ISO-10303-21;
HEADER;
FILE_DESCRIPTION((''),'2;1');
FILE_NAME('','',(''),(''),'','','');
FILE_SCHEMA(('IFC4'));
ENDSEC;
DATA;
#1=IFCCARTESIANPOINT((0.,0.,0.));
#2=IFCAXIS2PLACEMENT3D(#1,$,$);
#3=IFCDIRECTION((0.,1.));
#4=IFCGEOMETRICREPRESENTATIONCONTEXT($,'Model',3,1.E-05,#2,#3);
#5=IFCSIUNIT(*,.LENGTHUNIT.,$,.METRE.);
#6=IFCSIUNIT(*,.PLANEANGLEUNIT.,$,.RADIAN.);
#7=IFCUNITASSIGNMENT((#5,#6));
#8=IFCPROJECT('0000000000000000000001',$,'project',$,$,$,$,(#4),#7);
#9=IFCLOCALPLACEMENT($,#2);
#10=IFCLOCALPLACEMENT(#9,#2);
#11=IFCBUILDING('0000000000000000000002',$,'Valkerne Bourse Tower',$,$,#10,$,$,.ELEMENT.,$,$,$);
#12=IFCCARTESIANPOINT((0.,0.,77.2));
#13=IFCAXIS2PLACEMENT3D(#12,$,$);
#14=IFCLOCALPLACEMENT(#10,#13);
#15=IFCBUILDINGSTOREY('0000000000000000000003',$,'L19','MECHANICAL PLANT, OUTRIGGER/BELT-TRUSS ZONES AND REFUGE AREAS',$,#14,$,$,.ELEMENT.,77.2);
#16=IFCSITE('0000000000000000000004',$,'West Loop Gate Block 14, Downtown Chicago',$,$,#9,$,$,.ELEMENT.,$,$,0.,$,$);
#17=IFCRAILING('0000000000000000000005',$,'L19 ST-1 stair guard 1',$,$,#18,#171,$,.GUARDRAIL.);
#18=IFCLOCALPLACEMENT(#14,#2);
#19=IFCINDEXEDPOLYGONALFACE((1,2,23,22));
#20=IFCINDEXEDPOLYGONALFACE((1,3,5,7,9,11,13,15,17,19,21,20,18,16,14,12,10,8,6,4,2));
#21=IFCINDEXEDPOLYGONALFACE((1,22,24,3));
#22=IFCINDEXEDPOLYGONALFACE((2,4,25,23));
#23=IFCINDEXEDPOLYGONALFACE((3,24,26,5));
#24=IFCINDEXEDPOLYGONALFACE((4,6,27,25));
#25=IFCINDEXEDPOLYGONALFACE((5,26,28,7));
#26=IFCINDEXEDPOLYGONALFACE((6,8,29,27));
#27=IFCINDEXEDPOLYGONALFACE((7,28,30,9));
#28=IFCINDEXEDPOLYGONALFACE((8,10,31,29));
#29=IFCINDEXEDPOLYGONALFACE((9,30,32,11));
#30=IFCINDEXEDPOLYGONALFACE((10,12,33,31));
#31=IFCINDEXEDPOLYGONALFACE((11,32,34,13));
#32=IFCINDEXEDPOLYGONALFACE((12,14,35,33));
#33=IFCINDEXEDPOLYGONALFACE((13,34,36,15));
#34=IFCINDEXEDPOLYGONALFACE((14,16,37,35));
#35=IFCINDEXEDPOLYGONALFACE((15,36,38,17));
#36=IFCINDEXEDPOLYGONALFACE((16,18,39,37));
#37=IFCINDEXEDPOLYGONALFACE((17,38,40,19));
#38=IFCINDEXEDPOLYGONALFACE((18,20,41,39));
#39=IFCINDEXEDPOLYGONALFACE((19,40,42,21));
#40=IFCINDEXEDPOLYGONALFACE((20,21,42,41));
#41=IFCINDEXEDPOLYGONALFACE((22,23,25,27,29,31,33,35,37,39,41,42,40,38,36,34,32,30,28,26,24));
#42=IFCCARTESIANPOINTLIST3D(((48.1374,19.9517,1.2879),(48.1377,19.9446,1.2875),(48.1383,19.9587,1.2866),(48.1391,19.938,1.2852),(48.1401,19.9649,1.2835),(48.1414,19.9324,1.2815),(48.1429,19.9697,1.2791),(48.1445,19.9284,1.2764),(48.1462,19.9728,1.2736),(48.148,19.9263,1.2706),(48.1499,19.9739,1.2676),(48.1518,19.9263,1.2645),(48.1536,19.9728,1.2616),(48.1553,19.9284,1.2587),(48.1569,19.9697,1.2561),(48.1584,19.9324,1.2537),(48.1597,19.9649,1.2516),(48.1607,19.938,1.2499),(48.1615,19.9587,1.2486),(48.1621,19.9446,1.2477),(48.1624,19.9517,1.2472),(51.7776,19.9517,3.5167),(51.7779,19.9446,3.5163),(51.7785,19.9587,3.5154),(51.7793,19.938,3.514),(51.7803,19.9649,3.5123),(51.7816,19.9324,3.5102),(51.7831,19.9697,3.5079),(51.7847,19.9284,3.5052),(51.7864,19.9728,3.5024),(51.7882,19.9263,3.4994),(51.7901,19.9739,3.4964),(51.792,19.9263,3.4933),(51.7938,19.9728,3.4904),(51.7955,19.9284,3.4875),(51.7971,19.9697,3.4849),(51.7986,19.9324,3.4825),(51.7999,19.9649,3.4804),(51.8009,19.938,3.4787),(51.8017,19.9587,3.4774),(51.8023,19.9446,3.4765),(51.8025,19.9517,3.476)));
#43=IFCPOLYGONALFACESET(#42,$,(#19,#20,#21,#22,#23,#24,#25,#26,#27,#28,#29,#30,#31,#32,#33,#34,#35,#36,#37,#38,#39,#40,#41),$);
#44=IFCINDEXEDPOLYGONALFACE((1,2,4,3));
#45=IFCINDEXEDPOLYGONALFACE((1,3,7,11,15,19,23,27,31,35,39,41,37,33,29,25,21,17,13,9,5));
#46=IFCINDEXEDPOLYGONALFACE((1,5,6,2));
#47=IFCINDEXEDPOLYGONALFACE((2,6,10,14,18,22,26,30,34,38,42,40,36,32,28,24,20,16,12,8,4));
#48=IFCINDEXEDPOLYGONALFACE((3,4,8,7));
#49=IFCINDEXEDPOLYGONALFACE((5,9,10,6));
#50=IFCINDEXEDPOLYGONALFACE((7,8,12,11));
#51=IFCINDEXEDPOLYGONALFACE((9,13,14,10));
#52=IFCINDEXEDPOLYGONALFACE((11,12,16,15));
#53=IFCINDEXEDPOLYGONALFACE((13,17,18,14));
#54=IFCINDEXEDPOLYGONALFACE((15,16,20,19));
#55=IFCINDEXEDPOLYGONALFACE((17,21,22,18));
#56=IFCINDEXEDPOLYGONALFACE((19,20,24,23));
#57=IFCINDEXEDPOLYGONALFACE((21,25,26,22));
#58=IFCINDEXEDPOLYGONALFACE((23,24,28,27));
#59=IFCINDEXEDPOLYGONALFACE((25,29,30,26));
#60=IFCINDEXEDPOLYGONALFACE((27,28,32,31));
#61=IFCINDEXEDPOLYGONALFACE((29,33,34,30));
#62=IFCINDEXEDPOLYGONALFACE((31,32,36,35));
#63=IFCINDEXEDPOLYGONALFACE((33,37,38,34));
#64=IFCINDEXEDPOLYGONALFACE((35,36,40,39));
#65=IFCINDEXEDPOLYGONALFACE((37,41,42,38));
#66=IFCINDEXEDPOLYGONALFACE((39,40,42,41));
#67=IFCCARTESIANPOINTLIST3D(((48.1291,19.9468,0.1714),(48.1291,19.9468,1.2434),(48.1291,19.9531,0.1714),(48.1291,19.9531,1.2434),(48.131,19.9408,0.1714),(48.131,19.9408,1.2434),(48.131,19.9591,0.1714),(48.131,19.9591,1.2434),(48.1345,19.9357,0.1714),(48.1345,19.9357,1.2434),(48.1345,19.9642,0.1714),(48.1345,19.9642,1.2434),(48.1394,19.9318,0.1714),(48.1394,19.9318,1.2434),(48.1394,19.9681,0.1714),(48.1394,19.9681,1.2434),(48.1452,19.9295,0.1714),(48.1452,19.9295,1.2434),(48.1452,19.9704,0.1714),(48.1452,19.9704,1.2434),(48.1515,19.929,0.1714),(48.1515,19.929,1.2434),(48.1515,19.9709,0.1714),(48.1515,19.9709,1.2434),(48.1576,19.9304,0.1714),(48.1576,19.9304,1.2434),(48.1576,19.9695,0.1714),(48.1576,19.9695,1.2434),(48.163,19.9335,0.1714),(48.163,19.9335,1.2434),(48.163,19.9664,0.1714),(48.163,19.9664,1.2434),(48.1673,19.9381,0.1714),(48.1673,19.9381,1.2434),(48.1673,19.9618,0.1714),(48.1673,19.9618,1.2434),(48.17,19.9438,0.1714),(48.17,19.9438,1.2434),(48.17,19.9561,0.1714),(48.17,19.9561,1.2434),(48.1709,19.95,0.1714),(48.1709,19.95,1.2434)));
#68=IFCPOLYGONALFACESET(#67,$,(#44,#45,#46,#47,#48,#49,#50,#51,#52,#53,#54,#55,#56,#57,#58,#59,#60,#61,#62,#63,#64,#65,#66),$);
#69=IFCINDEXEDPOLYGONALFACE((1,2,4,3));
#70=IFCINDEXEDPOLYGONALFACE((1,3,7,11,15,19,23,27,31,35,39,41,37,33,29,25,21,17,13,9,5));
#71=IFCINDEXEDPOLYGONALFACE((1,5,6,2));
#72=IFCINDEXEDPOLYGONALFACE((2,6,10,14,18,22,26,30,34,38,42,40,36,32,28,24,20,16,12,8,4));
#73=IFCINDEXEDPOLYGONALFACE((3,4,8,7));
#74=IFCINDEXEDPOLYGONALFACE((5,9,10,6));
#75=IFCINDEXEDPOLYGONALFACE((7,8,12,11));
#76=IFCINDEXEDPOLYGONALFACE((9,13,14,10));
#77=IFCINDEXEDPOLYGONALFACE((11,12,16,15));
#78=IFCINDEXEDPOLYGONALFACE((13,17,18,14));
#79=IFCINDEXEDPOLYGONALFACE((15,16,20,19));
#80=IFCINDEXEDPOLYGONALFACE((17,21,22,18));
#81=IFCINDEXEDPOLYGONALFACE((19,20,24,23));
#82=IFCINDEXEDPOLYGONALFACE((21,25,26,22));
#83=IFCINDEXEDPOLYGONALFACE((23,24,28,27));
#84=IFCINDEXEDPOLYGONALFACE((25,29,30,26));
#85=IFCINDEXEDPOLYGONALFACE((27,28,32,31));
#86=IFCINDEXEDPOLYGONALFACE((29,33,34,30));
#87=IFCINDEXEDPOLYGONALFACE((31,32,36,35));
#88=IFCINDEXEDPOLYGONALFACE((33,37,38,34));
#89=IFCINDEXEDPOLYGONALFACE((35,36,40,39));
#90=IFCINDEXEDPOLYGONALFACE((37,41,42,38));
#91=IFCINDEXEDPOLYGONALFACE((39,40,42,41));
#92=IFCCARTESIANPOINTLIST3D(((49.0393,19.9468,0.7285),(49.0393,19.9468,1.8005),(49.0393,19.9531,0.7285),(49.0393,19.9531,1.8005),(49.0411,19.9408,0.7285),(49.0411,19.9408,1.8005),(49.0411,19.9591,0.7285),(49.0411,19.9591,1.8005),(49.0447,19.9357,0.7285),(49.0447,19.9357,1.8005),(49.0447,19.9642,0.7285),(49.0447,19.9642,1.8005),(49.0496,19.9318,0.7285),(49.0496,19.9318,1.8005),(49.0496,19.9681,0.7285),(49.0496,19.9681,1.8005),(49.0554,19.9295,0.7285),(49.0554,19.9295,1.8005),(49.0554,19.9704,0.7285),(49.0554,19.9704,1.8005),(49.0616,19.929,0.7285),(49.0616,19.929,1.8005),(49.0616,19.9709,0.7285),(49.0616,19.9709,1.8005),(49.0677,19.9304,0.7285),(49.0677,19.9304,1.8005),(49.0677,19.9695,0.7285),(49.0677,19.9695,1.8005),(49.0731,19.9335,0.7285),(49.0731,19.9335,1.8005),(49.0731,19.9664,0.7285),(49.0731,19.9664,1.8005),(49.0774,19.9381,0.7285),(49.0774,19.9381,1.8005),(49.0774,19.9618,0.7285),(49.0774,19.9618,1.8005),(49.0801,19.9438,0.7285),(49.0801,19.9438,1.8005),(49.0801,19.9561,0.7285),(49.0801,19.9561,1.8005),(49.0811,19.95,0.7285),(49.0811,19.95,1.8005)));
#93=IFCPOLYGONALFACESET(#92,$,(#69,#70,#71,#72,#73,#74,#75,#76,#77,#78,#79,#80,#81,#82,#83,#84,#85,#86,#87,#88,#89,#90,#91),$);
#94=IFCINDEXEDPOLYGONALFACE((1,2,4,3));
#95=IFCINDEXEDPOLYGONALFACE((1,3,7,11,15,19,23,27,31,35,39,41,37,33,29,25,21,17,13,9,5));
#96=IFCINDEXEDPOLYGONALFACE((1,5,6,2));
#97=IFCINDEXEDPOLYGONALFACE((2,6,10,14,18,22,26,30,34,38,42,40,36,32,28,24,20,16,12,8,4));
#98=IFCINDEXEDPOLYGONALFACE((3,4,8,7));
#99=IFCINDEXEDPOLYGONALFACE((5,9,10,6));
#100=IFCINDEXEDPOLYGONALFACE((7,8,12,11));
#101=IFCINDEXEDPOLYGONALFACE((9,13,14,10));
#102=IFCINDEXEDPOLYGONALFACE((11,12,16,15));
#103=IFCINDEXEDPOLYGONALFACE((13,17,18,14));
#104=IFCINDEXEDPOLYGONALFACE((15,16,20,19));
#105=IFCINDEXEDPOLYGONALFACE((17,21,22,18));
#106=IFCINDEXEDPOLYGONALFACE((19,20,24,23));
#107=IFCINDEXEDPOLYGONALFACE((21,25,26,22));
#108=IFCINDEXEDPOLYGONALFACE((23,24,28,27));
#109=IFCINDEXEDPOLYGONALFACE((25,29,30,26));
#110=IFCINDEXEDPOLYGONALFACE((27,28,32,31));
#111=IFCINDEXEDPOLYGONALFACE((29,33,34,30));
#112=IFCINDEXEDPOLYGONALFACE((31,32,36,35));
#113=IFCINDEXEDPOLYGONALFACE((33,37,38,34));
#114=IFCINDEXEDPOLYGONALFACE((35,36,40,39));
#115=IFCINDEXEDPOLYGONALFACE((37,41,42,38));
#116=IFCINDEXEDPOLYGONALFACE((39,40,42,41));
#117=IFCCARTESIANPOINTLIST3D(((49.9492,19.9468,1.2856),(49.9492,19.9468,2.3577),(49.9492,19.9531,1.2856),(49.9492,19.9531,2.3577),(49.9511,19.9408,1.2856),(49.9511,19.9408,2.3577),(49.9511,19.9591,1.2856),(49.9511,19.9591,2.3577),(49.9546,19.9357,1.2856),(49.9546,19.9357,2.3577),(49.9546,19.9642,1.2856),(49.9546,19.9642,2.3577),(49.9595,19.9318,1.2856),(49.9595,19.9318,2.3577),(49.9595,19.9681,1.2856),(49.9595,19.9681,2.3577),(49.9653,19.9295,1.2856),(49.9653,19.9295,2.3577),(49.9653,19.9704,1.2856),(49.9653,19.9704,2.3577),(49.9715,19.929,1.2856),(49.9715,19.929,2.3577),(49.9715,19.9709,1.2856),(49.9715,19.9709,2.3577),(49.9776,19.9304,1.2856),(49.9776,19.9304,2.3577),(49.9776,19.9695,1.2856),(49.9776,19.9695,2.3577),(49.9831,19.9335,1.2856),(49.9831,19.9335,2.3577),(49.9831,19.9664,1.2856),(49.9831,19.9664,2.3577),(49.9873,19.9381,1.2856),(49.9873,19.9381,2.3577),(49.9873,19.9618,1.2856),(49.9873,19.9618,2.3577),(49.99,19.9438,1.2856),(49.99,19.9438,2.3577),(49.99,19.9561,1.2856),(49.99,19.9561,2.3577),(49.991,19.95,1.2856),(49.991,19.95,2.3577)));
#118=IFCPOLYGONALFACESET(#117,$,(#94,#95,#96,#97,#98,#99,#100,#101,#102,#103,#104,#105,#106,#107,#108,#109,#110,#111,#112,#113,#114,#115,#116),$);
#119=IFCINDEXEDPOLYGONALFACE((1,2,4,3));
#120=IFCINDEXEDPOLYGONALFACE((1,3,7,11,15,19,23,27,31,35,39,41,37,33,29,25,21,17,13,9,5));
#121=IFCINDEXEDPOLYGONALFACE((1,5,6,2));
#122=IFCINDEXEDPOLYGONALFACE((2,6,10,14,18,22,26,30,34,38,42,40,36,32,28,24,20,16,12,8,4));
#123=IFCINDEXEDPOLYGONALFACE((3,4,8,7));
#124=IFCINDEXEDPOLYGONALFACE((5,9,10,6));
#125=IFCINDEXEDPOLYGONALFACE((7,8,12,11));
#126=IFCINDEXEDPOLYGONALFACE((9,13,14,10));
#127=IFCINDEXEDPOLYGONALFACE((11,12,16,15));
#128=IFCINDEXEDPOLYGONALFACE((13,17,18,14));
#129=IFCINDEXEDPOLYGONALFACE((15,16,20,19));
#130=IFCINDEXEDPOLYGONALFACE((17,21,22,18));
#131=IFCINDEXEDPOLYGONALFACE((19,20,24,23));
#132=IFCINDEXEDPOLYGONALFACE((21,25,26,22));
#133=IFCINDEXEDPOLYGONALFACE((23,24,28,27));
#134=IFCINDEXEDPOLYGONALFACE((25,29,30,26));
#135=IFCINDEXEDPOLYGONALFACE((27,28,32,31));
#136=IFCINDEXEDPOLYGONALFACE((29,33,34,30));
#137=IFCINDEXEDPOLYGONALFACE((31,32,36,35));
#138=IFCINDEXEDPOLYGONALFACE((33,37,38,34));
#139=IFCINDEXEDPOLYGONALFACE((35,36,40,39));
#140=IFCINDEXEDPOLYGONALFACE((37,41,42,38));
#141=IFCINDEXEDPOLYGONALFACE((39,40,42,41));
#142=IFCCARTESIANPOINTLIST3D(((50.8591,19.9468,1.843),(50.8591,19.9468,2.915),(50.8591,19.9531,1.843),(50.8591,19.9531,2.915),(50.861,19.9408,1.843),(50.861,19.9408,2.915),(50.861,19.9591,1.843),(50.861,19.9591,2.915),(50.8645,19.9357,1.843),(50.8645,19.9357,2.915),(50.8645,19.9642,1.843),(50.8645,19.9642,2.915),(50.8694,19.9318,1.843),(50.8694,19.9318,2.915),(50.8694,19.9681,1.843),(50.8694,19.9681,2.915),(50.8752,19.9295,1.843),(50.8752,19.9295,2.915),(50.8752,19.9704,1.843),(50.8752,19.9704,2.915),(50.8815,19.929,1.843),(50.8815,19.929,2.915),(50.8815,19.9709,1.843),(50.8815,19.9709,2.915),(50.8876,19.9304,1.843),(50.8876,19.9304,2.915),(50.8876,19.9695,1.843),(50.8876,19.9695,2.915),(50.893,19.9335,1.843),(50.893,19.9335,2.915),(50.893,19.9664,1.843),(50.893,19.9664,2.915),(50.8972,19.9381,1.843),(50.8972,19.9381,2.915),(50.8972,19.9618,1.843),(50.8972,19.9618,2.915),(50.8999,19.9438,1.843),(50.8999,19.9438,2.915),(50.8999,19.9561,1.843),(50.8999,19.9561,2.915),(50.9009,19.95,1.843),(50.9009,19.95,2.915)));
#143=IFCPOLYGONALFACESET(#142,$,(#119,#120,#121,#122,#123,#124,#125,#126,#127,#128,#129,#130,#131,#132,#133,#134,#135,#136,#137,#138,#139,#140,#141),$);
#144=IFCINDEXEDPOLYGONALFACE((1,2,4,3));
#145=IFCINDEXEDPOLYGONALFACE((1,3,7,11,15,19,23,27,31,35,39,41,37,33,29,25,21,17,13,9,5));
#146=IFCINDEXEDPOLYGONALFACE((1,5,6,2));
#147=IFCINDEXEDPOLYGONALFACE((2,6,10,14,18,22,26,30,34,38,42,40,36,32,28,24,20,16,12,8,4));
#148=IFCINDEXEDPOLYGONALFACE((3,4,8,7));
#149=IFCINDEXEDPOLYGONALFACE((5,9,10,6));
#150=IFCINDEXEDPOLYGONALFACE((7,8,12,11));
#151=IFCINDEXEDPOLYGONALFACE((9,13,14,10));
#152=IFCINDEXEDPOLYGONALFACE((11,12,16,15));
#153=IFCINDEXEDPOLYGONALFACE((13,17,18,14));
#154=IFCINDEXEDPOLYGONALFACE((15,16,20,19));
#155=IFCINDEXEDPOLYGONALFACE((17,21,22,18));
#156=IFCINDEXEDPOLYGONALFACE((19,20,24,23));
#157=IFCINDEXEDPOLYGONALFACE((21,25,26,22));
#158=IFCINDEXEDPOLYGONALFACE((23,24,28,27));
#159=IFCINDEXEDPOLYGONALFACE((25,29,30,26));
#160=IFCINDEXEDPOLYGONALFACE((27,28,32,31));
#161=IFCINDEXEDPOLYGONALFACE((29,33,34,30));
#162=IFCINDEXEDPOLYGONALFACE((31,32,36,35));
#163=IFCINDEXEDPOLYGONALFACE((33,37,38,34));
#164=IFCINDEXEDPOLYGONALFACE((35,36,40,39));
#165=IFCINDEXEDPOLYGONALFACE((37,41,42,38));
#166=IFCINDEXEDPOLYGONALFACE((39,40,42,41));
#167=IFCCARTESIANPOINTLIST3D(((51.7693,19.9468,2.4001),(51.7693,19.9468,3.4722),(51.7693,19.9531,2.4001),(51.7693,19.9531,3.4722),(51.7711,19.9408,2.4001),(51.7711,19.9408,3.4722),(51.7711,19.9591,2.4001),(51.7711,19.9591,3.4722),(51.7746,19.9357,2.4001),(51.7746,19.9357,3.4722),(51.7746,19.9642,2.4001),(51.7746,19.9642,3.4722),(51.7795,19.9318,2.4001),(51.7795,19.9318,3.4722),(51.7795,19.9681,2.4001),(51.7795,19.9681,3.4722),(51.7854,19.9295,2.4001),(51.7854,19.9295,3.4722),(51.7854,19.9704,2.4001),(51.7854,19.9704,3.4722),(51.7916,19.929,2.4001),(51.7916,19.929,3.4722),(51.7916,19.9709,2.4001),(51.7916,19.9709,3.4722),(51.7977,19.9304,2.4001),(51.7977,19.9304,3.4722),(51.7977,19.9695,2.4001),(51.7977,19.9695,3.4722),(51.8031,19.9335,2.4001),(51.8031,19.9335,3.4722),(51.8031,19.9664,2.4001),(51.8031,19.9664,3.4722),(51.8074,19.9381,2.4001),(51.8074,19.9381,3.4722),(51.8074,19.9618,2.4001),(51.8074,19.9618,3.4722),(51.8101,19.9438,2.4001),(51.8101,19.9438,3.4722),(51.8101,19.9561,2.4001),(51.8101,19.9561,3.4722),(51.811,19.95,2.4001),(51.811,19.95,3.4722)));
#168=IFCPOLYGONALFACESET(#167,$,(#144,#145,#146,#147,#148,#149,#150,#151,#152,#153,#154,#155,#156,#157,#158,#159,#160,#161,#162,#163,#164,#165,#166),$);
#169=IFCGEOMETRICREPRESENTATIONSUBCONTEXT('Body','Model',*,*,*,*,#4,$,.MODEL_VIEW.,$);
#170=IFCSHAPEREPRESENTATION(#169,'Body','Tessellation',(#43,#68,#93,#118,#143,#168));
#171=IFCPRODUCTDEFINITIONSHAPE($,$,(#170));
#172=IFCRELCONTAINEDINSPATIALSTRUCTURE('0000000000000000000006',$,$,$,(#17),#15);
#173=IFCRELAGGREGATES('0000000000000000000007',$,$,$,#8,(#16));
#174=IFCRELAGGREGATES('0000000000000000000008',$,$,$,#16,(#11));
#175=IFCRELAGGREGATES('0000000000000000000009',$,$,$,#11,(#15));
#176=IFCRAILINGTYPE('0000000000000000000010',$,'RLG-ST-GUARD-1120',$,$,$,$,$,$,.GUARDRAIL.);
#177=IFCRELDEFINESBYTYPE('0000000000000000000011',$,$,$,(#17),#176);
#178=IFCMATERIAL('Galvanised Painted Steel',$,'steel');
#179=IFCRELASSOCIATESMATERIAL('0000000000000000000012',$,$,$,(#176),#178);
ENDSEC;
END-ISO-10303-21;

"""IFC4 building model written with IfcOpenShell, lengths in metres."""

from ifc_helpers import new_model, si_unit, direction, frame, origin, origin_2d, place, context, subcontext, project, spatial, circle, extrude, material, type_object, element, save


model = new_model("IFC4")

# Units and contexts
model_context = context("Model", 3, precision=1e-05, world=origin(), true_north=direction((0.0, 1.0)))
body_context = subcontext(model_context, "Body", "Model", "MODEL_VIEW")
ifc_project = project(units=[si_unit("LENGTHUNIT", "METRE"), si_unit("PLANEANGLEUNIT", "RADIAN")], contexts=[model_context])

# Site, building, storey
site_placement = place(None, origin())
site = spatial("IfcSite", under=ifc_project, at=site_placement, Name="West Loop Gate Block 14, Downtown Chicago", CompositionType="ELEMENT", RefElevation=0.0)
building_placement = place(site_placement, origin())
building = spatial("IfcBuilding", under=site, at=building_placement, Name="Valkerne Bourse Tower", CompositionType="ELEMENT")
storey_placement = place(building_placement, frame((0.0, 0.0, 77.2)))
storey = spatial("IfcBuildingStorey", under=building, at=storey_placement, Name="L19", Description="MECHANICAL PLANT, OUTRIGGER/BELT-TRUSS ZONES AND REFUGE AREAS", CompositionType="ELEMENT", Elevation=77.2)

# Shared definitions
ifc_material_1 = material(Name="Galvanised Painted Steel", Category="steel")

# Railing
railing_type_1 = type_object("IfcRailingType", Name="RLG-ST-GUARD-1120", PredefinedType="GUARDRAIL", material=ifc_material_1)
railing_1_placement = place(storey_placement, frame((48.1499, 19.95, 0.1714)))
element("IfcRailing", 1, at=railing_1_placement, inside=storey, type_object=railing_type_1, Name="L19 ST-1 stair guard 1", PredefinedType="GUARDRAIL", context=body_context, shape_type="SweptSolid", body=[
    extrude(circle(Radius=0.0239, at=origin_2d()), frame((0.0, 0.0, 1.0962), z_axis=(0.85284, 0.0, 0.522172), x_axis=(0.0, 1.0, 0.0)), (0.0, 0.0, 1.0), 4.2683),
    extrude(circle(Radius=0.021, at=origin_2d()), origin(), (0.0, 0.0, 1.0), 1.072),
    extrude(circle(Radius=0.021, at=origin_2d()), frame((0.9102, 0.0, 0.5571)), (0.0, 0.0, 1.0), 1.072),
    extrude(circle(Radius=0.021, at=origin_2d()), frame((1.8201, 0.0, 1.1143)), (0.0, 0.0, 1.0), 1.072),
    extrude(circle(Radius=0.021, at=origin_2d()), frame((2.73, 0.0, 1.6716)), (0.0, 0.0, 1.0), 1.072),
    extrude(circle(Radius=0.021, at=origin_2d()), frame((3.6401, 0.0, 2.2288)), (0.0, 0.0, 1.0), 1.072),
])

save(model, "model.ifc")
